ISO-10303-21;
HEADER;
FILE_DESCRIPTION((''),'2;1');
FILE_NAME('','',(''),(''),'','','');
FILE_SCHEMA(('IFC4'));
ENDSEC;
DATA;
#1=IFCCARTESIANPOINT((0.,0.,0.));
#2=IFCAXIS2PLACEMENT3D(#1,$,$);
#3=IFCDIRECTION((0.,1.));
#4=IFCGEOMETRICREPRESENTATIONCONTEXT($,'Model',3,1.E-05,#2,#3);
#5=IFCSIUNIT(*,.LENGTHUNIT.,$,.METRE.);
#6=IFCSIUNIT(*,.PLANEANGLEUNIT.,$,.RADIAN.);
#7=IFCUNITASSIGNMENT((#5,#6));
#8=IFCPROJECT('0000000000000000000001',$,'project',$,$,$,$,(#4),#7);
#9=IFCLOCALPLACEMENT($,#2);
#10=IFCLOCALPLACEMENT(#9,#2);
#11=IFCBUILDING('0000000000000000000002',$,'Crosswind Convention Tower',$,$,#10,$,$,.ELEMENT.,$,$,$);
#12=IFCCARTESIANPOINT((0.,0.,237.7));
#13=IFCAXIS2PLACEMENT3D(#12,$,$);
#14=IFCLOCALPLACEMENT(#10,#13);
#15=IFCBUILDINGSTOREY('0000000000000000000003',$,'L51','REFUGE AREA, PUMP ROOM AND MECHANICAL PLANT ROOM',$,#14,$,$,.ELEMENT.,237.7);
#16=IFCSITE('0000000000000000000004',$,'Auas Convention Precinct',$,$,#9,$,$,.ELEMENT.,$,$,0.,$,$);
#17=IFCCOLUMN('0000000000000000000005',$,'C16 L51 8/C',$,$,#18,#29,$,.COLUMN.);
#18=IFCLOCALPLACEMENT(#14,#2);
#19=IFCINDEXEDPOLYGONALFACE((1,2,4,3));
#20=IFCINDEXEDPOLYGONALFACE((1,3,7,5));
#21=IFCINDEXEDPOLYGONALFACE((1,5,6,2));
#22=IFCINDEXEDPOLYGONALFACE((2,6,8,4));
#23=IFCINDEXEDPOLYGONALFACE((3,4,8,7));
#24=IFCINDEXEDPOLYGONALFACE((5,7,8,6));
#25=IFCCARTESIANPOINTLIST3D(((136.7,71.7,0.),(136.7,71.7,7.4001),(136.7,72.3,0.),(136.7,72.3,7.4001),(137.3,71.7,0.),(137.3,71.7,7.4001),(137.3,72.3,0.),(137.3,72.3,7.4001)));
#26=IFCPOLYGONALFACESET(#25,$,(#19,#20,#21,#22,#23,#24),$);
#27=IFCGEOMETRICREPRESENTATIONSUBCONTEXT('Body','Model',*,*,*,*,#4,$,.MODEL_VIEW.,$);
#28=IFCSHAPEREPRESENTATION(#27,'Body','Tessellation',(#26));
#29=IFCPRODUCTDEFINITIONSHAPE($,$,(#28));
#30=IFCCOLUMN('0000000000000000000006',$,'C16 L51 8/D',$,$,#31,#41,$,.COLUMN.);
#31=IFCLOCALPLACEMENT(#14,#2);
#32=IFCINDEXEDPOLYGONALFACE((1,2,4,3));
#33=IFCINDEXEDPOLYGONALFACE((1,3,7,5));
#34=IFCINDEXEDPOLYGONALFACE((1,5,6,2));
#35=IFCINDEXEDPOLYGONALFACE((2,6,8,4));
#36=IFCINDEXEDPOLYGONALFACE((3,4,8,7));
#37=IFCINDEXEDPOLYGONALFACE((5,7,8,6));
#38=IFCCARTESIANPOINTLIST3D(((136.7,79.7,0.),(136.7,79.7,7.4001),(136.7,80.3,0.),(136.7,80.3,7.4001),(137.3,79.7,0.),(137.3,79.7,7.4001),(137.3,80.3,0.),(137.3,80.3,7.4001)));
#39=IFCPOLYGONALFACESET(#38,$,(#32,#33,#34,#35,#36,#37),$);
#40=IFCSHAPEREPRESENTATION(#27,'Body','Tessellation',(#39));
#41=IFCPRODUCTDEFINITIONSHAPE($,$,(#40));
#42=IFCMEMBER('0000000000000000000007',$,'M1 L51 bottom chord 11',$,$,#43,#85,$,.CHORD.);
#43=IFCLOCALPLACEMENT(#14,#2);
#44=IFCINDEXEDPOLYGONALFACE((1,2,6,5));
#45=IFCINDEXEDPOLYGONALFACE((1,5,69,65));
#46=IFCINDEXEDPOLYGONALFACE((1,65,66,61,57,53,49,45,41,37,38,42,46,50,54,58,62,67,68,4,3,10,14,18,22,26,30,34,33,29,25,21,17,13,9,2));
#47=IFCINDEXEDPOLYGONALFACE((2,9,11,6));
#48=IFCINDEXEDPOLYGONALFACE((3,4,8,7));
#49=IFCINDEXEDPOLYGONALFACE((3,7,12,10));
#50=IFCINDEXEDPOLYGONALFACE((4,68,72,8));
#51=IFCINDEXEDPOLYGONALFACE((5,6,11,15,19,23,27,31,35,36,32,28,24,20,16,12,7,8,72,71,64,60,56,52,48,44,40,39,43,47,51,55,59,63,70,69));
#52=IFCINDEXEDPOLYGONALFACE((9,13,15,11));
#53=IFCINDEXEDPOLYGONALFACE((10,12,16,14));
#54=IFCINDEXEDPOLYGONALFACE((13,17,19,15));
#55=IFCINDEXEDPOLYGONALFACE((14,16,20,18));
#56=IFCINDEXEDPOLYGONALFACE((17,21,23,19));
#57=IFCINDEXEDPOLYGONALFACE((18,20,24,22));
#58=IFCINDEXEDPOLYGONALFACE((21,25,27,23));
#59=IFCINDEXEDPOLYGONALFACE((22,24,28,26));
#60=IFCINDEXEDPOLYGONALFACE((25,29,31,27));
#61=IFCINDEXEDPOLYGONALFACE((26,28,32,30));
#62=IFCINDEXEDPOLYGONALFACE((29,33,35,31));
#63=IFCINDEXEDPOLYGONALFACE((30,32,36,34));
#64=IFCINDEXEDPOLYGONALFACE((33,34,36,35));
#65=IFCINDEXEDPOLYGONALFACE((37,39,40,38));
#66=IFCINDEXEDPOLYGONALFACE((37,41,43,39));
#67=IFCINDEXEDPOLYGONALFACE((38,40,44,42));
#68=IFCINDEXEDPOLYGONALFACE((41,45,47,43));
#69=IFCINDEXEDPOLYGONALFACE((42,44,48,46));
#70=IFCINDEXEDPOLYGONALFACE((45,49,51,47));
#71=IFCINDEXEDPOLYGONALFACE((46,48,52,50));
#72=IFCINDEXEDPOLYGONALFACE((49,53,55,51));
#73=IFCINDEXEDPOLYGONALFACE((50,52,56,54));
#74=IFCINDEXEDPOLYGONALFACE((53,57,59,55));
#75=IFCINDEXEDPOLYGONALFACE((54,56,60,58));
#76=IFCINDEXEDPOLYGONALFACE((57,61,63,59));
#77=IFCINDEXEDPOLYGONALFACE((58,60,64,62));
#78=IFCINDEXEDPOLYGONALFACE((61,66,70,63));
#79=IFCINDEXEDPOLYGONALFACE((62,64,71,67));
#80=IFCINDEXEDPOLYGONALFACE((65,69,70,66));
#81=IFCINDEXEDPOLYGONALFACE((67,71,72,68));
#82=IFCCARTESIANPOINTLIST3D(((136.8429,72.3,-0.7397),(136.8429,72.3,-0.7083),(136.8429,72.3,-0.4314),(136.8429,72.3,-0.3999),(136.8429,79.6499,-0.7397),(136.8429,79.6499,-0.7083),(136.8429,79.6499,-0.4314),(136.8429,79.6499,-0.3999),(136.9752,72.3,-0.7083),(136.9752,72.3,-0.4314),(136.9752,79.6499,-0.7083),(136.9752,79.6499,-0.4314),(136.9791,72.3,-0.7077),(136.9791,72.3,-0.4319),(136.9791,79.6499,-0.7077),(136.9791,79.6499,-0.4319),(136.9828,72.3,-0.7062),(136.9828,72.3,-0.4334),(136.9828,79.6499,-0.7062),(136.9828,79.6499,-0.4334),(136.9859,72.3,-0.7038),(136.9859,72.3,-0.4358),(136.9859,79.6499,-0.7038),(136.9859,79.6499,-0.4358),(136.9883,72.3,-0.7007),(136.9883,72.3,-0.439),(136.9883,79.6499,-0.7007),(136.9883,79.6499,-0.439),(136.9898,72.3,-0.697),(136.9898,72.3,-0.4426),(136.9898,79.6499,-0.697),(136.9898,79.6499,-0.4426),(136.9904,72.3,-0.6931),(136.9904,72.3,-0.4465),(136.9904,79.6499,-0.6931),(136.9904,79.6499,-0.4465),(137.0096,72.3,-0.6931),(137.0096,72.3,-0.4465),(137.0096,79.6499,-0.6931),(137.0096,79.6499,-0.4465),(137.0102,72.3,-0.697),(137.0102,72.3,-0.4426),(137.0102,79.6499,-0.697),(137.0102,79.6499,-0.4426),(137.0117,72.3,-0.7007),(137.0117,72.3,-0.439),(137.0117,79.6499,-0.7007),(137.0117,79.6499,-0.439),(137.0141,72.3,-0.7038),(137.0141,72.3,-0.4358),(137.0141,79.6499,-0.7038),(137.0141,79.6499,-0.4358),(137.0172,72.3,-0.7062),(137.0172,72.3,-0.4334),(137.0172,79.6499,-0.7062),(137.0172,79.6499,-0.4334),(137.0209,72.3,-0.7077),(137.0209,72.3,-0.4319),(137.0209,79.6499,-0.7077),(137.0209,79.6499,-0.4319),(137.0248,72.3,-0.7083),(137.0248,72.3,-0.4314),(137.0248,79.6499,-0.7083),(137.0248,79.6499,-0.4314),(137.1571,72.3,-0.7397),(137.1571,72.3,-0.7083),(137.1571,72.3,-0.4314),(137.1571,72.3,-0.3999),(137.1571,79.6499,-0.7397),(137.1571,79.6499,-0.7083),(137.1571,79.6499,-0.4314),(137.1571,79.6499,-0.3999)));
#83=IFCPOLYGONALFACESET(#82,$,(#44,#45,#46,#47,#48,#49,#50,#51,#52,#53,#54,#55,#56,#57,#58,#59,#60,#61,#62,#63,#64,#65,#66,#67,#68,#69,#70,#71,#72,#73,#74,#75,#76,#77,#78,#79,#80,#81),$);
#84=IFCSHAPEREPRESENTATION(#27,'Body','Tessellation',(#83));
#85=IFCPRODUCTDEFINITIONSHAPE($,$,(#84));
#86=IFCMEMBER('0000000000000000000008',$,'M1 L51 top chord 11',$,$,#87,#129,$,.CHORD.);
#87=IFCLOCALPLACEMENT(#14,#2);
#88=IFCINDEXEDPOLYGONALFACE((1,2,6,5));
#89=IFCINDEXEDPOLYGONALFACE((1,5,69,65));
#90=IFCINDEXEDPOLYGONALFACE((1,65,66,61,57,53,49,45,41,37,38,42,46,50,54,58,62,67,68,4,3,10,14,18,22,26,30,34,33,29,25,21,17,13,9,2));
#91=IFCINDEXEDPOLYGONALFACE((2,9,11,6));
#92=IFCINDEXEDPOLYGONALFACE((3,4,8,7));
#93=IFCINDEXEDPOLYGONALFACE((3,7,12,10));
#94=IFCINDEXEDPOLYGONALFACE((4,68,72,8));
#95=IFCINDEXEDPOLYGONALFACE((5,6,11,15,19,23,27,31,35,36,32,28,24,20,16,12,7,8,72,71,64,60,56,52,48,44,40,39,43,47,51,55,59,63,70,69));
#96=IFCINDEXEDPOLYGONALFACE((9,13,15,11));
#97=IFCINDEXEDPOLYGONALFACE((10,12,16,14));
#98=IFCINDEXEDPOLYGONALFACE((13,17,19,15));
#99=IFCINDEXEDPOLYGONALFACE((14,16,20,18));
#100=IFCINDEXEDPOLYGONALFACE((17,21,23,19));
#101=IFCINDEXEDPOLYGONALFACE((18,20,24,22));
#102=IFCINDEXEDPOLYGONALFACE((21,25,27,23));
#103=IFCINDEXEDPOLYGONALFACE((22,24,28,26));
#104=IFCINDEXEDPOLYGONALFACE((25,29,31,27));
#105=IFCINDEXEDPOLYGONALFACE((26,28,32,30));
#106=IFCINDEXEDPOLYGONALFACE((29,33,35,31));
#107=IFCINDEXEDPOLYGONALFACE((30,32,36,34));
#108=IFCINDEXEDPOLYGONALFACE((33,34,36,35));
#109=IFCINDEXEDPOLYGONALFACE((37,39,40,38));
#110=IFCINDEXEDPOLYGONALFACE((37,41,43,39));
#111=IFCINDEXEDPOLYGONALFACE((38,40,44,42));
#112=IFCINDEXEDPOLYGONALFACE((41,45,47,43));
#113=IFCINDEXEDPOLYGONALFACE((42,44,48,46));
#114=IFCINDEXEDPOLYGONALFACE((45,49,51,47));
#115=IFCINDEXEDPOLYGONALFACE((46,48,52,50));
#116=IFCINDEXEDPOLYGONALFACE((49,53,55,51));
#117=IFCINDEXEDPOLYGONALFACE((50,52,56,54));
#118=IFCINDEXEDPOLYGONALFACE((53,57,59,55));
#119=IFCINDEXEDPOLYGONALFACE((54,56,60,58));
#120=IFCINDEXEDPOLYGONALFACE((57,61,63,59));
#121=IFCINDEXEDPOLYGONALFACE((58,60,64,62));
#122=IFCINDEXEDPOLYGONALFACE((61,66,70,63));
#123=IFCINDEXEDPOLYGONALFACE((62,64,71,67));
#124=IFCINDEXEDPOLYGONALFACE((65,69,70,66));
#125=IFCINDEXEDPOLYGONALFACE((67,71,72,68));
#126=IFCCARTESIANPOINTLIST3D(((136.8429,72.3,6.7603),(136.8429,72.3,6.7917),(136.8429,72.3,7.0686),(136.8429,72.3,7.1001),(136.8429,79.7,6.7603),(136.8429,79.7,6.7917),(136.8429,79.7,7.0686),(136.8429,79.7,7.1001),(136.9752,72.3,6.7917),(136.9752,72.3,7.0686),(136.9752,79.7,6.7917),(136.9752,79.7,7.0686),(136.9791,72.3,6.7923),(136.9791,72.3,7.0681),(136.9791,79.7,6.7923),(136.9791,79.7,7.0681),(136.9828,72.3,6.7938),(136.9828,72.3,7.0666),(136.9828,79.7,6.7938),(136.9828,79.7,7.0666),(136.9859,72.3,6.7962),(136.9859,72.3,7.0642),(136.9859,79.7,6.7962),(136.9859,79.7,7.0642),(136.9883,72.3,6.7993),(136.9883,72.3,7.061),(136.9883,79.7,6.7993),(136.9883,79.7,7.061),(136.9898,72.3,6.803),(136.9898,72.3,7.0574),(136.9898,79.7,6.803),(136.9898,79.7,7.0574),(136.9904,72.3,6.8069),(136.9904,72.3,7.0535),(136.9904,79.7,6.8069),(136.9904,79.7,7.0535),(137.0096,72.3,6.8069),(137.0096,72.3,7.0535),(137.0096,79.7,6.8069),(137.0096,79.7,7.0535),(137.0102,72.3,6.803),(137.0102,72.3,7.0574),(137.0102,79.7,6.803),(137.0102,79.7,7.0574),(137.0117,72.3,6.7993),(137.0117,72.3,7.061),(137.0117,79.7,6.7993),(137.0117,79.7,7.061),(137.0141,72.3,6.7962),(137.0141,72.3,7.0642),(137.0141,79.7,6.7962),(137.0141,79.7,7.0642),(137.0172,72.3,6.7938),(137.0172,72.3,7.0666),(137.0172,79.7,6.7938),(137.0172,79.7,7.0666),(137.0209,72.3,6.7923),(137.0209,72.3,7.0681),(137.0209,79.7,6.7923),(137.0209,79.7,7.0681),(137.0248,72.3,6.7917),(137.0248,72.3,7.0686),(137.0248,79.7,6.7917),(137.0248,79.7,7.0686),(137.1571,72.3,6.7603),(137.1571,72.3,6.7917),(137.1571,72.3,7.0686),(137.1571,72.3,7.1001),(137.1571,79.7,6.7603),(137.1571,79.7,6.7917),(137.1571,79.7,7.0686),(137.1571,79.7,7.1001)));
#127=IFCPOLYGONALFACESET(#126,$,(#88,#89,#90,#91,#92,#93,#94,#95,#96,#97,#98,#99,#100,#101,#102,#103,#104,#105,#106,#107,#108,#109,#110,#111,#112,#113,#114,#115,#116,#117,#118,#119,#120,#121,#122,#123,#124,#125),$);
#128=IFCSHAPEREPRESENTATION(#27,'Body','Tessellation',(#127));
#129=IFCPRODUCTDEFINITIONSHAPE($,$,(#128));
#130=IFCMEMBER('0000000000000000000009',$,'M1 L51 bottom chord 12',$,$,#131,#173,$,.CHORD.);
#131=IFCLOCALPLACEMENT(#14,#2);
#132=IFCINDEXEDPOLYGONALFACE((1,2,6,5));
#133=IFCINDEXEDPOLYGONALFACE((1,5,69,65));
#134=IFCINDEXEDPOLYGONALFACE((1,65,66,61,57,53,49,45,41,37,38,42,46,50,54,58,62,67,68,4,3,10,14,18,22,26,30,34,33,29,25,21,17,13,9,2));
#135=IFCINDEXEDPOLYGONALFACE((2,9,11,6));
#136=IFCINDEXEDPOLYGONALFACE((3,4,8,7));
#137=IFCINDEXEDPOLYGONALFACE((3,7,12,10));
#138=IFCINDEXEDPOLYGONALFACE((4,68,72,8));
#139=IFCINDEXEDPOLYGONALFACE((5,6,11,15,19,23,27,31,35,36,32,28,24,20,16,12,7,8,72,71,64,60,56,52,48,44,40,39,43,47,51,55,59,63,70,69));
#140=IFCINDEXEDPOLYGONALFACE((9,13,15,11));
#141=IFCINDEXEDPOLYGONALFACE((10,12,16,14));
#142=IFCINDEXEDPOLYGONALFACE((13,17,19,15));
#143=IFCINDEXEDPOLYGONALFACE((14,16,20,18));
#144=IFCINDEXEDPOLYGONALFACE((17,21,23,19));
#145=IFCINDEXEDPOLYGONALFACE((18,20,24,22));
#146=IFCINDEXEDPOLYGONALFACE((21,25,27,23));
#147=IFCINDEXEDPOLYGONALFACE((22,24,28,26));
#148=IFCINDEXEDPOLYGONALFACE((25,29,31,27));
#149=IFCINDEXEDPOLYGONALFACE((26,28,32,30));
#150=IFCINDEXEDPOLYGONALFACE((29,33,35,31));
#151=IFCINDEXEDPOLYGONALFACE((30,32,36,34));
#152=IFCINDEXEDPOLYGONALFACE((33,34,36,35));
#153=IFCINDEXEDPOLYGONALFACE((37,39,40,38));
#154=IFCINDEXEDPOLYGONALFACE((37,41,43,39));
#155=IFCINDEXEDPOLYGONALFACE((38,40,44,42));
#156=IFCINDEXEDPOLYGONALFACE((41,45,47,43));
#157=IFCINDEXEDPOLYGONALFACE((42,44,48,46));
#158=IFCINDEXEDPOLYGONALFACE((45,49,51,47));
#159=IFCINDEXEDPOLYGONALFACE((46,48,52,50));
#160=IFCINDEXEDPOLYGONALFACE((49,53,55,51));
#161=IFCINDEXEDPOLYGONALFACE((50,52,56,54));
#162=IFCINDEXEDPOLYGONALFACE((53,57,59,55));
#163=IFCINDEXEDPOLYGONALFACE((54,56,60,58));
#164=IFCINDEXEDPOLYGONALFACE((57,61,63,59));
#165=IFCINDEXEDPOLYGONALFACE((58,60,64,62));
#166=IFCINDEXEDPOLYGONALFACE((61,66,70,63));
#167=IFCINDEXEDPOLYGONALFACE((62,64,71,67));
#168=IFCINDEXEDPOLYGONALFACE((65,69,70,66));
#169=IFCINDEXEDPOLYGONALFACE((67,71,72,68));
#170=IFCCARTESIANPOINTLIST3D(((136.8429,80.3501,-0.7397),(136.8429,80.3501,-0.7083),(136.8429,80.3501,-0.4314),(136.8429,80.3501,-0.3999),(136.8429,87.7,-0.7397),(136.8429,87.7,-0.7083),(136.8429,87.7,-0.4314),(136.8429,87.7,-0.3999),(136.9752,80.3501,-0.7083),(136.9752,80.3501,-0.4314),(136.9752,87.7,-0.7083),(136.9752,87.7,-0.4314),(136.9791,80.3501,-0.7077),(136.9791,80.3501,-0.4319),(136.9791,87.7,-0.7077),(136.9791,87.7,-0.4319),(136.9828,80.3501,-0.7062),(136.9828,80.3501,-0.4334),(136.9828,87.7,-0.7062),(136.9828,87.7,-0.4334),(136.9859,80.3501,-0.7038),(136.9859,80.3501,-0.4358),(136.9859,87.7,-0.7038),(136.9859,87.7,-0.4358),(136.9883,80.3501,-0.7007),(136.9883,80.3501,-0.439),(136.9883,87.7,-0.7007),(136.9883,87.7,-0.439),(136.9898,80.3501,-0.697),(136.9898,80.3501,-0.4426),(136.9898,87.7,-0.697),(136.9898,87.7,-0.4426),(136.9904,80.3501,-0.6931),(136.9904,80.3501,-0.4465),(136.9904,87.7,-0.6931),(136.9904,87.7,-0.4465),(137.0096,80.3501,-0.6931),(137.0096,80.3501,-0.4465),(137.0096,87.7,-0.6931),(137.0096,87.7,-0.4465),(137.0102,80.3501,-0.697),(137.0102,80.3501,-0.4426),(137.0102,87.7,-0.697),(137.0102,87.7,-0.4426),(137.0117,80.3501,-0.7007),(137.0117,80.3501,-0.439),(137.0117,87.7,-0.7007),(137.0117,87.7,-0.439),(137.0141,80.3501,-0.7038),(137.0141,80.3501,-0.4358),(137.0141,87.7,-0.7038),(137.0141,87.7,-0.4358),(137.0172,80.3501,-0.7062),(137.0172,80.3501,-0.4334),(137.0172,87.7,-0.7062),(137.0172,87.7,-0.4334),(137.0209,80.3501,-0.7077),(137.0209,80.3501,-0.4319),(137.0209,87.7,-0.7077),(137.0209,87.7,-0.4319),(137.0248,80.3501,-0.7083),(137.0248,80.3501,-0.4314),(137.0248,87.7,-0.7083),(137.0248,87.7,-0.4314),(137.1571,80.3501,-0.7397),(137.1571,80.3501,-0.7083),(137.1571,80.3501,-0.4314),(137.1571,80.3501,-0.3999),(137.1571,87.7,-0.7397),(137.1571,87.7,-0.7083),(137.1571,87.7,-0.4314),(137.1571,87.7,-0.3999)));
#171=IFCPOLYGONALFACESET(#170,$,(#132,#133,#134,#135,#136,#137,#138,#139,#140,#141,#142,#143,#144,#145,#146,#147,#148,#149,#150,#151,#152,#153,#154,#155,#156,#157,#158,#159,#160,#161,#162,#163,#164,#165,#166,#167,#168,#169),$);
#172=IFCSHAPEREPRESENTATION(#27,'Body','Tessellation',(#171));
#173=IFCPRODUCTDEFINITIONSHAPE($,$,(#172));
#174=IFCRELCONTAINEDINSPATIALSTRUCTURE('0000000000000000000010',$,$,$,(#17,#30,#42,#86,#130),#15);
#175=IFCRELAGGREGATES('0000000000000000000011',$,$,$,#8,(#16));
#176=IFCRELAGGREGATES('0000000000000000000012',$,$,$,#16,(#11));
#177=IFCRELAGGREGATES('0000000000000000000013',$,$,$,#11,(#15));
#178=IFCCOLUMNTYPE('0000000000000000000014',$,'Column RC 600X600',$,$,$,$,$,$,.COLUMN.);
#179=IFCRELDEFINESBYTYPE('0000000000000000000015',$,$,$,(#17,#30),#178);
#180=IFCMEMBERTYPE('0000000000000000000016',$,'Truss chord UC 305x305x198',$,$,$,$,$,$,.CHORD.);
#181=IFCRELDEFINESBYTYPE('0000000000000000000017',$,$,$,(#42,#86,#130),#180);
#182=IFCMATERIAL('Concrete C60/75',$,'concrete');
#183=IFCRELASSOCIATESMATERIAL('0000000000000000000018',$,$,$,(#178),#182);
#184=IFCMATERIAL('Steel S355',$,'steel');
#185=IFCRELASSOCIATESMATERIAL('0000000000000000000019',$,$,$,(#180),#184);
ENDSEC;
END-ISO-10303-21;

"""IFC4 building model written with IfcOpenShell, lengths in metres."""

from ifc_helpers import new_model, si_unit, direction, frame, origin, origin_2d, place, context, subcontext, project, spatial, rectangle, i_section, extrude, material, material_profile, profile_set, type_object, element, save


model = new_model("IFC4")

# Units and contexts
model_context = context("Model", 3, precision=1e-05, world=origin(), true_north=direction((0.0, 1.0)))
body_context = subcontext(model_context, "Body", "Model", "MODEL_VIEW")
ifc_project = project(units=[si_unit("LENGTHUNIT", "METRE"), si_unit("PLANEANGLEUNIT", "RADIAN")], contexts=[model_context])

# Site, building, storey
site_placement = place(None, origin())
site = spatial("IfcSite", under=ifc_project, at=site_placement, Name="Auas Convention Precinct", CompositionType="ELEMENT", RefElevation=0.0)
building_placement = place(site_placement, origin())
building = spatial("IfcBuilding", under=site, at=building_placement, Name="Crosswind Convention Tower", CompositionType="ELEMENT")
storey_placement = place(building_placement, frame((0.0, 0.0, 237.7)))
storey = spatial("IfcBuildingStorey", under=building, at=storey_placement, Name="L51", Description="REFUGE AREA, PUMP ROOM AND MECHANICAL PLANT ROOM", CompositionType="ELEMENT", Elevation=237.7)

# Columns
ifc_material_1 = material(Name="Concrete C60/75", Category="concrete")
ifc_material_profile_1 = material_profile(ifc_material_1, rectangle(XDim=0.6001, YDim=0.6001, at=origin_2d()), Name="RC 600X600")
ifc_profile_set_1 = profile_set([ifc_material_profile_1], Name="Concrete C60/75")
column_type = type_object("IfcColumnType", Name="Column RC 600X600", PredefinedType="COLUMN", material=ifc_profile_set_1)
for number, where, z_axis, x_axis, name in (
    (1, (137.0, 72.0, 0.0), (0.0, 0.0, 1.0), (1.0, 0.0, 0.0), "C16 L51 8/C"),
    (2, (137.0, 80.0, 0.0), (0.0, 0.0, 1.0), (1.0, 0.0, 0.0), "C16 L51 8/D"),
):
    element("IfcColumn", number, at=place(storey_placement, frame(where, z_axis=z_axis, x_axis=x_axis)), inside=storey, type_object=column_type, Name=name, PredefinedType="COLUMN", context=body_context, shape_type="SweptSolid", body=[
        extrude(rectangle(XDim=0.6001, YDim=0.6001, at=origin_2d()), origin(), (0.0, 0.0, 1.0), 7.4001),
    ])

# Members
ifc_material_2 = material(Name="Steel S355", Category="steel")
ifc_material_profile_2 = material_profile(ifc_material_2, i_section(OverallWidth=0.3142, OverallDepth=0.3398, WebThickness=0.0193, FlangeThickness=0.0315, FilletRadius=0.0151, at=origin_2d()), Name="UC 305x305x198")
ifc_profile_set_2 = profile_set([ifc_material_profile_2], Name="Steel S355")
member_type_1 = type_object("IfcMemberType", Name="Truss chord UC 305x305x198", PredefinedType="CHORD", material=ifc_profile_set_2)
member_1_placement = place(storey_placement, frame((137.0, 72.3, -0.5698), z_axis=(0.0, 1.0, 0.0), x_axis=(-1.0, 0.0, 0.0)))
element("IfcMember", 3, at=member_1_placement, inside=storey, type_object=member_type_1, Name="M1 L51 bottom chord 11", PredefinedType="CHORD", context=body_context, shape_type="SweptSolid", body=[
    extrude(i_section(OverallWidth=0.3142, OverallDepth=0.3398, WebThickness=0.0193, FlangeThickness=0.0315, FilletRadius=0.0151, at=origin_2d()), origin(), (0.0, 0.0, 1.0), 7.3499),
])
member_2_placement = place(storey_placement, frame((137.0, 72.3, 6.9302), z_axis=(0.0, 1.0, 0.0), x_axis=(-1.0, 0.0, 0.0)))
element("IfcMember", 4, at=member_2_placement, inside=storey, type_object=member_type_1, Name="M1 L51 top chord 11", PredefinedType="CHORD", context=body_context, shape_type="SweptSolid", body=[
    extrude(i_section(OverallWidth=0.3142, OverallDepth=0.3398, WebThickness=0.0193, FlangeThickness=0.0315, FilletRadius=0.0151, at=origin_2d()), origin(), (0.0, 0.0, 1.0), 7.3999),
])
member_3_placement = place(storey_placement, frame((137.0, 80.3501, -0.5698), z_axis=(0.0, 1.0, 0.0), x_axis=(-1.0, 0.0, 0.0)))
element("IfcMember", 5, at=member_3_placement, inside=storey, type_object=member_type_1, Name="M1 L51 bottom chord 12", PredefinedType="CHORD", context=body_context, shape_type="SweptSolid", body=[
    extrude(i_section(OverallWidth=0.3142, OverallDepth=0.3398, WebThickness=0.0193, FlangeThickness=0.0315, FilletRadius=0.0151, at=origin_2d()), origin(), (0.0, 0.0, 1.0), 7.3499),
])

save(model, "model.ifc")
